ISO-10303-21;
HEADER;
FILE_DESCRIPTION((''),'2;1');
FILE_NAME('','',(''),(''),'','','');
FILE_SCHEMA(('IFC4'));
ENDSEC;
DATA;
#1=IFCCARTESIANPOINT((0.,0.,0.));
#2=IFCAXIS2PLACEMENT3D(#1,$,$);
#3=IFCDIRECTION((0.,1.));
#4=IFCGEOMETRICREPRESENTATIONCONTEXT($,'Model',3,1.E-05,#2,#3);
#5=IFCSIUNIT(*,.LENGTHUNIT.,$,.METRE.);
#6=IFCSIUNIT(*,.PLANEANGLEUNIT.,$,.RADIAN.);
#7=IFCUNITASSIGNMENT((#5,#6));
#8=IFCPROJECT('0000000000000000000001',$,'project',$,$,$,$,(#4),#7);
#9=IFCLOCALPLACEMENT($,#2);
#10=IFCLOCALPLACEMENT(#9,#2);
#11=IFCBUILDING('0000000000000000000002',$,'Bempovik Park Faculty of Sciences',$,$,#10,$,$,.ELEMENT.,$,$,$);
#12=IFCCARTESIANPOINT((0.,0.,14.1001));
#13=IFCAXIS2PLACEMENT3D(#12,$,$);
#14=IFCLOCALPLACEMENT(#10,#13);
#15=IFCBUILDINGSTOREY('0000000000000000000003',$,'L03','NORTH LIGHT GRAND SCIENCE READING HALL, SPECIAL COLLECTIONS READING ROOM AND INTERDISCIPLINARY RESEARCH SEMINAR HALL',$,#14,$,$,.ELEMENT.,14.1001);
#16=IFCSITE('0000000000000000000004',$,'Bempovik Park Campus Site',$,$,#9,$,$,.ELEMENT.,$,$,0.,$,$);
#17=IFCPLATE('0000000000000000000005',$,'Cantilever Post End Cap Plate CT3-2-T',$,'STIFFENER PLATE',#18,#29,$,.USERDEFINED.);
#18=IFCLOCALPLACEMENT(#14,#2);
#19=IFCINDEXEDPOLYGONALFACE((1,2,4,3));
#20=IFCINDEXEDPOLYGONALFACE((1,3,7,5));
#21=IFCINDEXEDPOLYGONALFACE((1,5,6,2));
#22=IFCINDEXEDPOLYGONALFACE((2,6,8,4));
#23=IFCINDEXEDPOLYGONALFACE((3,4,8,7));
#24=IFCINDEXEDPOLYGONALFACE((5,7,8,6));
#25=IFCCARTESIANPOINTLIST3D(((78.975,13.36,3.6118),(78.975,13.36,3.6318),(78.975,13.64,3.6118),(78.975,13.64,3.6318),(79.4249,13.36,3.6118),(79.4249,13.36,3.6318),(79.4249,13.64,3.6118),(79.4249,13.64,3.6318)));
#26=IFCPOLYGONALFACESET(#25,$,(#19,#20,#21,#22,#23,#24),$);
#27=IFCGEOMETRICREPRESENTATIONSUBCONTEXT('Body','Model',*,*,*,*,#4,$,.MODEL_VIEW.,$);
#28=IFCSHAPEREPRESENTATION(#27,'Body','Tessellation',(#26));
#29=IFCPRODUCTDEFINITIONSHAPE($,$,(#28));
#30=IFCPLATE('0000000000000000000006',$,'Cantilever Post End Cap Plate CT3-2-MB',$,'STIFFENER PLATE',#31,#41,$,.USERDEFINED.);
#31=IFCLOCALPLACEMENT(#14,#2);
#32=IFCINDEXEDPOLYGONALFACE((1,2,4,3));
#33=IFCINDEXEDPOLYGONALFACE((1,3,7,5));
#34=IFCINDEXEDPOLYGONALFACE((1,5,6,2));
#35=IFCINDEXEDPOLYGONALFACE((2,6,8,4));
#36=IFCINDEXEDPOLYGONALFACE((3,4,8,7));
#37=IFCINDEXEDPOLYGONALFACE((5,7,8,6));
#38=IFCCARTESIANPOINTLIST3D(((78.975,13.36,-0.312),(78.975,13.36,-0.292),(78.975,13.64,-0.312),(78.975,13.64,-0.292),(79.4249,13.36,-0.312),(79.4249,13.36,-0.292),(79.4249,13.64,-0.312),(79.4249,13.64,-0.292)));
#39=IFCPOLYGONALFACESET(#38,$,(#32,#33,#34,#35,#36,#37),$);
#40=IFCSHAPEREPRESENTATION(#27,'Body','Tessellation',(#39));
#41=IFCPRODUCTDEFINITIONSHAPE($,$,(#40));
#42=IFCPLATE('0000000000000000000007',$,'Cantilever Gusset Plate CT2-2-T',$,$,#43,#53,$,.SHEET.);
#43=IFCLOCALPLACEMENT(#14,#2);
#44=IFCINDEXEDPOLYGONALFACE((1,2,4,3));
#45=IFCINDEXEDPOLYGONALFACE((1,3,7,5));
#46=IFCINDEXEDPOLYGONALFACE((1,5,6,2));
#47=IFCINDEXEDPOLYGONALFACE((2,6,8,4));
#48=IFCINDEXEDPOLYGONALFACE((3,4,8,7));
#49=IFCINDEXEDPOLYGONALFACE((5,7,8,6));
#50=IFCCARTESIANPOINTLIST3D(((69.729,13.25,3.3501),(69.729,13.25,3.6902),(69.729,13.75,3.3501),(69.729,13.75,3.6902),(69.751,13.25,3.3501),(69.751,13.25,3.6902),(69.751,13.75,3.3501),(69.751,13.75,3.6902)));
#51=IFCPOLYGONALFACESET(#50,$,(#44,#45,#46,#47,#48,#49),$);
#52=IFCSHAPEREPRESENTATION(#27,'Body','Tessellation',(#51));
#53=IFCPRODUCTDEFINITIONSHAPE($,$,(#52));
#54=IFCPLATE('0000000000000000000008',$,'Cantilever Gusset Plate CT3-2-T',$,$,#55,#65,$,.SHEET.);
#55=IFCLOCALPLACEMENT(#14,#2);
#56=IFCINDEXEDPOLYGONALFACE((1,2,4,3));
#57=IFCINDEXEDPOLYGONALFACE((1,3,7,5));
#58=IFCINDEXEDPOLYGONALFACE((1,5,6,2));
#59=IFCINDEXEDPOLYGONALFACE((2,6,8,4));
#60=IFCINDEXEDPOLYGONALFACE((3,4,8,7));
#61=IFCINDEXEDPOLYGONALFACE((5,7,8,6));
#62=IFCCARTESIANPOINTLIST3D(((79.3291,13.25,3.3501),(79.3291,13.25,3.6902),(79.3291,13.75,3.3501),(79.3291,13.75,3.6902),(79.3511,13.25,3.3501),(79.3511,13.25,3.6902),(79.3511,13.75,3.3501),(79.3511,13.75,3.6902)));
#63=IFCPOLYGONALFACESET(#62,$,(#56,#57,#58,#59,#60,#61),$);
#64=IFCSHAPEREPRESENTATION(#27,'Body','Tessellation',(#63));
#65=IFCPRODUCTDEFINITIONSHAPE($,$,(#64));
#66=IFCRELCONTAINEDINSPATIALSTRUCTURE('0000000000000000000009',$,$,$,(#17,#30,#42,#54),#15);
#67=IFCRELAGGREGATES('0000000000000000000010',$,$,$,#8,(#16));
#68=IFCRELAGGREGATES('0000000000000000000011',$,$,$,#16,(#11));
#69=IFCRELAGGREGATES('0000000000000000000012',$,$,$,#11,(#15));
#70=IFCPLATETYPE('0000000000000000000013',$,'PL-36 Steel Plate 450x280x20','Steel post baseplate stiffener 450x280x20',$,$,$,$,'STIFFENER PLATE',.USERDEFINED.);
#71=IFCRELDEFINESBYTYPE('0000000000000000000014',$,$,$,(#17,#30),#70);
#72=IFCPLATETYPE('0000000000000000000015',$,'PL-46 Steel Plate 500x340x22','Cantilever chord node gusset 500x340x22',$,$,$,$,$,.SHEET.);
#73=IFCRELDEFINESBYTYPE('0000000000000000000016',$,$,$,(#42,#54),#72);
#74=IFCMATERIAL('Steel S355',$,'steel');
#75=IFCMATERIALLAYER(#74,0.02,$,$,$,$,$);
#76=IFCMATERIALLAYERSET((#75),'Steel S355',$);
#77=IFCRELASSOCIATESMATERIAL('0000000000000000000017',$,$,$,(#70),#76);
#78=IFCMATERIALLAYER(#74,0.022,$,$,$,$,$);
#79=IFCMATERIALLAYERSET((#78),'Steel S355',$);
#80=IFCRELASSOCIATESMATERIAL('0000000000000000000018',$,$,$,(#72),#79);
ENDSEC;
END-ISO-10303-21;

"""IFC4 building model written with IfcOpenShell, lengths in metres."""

from ifc_helpers import new_model, si_unit, direction, frame, origin, origin_2d, place, context, subcontext, project, spatial, rectangle, extrude, material, layer, layer_set, type_object, element, save


model = new_model("IFC4")

# Units and contexts
model_context = context("Model", 3, precision=1e-05, world=origin(), true_north=direction((0.0, 1.0)))
body_context = subcontext(model_context, "Body", "Model", "MODEL_VIEW")
ifc_project = project(units=[si_unit("LENGTHUNIT", "METRE"), si_unit("PLANEANGLEUNIT", "RADIAN")], contexts=[model_context])

# Site, building, storey
site_placement = place(None, origin())
site = spatial("IfcSite", under=ifc_project, at=site_placement, Name="Bempovik Park Campus Site", CompositionType="ELEMENT", RefElevation=0.0)
building_placement = place(site_placement, origin())
building = spatial("IfcBuilding", under=site, at=building_placement, Name="Bempovik Park Faculty of Sciences", CompositionType="ELEMENT")
storey_placement = place(building_placement, frame((0.0, 0.0, 14.1001)))
storey = spatial("IfcBuildingStorey", under=building, at=storey_placement, Name="L03", Description="NORTH LIGHT GRAND SCIENCE READING HALL, SPECIAL COLLECTIONS READING ROOM AND INTERDISCIPLINARY RESEARCH SEMINAR HALL", CompositionType="ELEMENT", Elevation=14.1001)

# Shared definitions
ifc_material_1 = material(Name="Steel S355", Category="steel")

# Plates
ifc_layer_1 = layer(ifc_material_1, 0.02)
ifc_layer_set_1 = layer_set([ifc_layer_1], Name="Steel S355")
plate_type_1 = type_object("IfcPlateType", Name="PL-36 Steel Plate 450x280x20", Description="Steel post baseplate stiffener 450x280x20", ElementType="STIFFENER PLATE", PredefinedType="USERDEFINED", material=ifc_layer_set_1)
for number, where, z_axis, x_axis, name in (
    (1, (79.2, 13.5, 3.6118), (0.0, 0.0, 1.0), (1.0, 0.0, 0.0), "Cantilever Post End Cap Plate CT3-2-T"),
    (2, (79.2, 13.5, -0.312), (0.0, 0.0, 1.0), (1.0, 0.0, 0.0), "Cantilever Post End Cap Plate CT3-2-MB"),
):
    element("IfcPlate", number, at=place(storey_placement, frame(where, z_axis=z_axis, x_axis=x_axis)), inside=storey, type_object=plate_type_1, Name=name, ObjectType="STIFFENER PLATE", PredefinedType="USERDEFINED", context=body_context, shape_type="SweptSolid", body=[
        extrude(rectangle(XDim=0.45, YDim=0.28, at=origin_2d()), origin(), (0.0, 0.0, 1.0), 0.02),
    ])
ifc_layer_2 = layer(ifc_material_1, 0.022)
ifc_layer_set_2 = layer_set([ifc_layer_2], Name="Steel S355")
plate_type_2 = type_object("IfcPlateType", Name="PL-46 Steel Plate 500x340x22", Description="Cantilever chord node gusset 500x340x22", PredefinedType="SHEET", material=ifc_layer_set_2)
for number, where, z_axis, x_axis, name in (
    (3, (69.74, 13.5, 3.3501), (0.0, 0.0, 1.0), (1.0, 0.0, 0.0), "Cantilever Gusset Plate CT2-2-T"),
    (4, (79.3401, 13.5, 3.3501), (0.0, 0.0, 1.0), (1.0, 0.0, 0.0), "Cantilever Gusset Plate CT3-2-T"),
):
    element("IfcPlate", number, at=place(storey_placement, frame(where, z_axis=z_axis, x_axis=x_axis)), inside=storey, type_object=plate_type_2, Name=name, PredefinedType="SHEET", context=body_context, shape_type="SweptSolid", body=[
        extrude(rectangle(XDim=0.022, YDim=0.5, at=origin_2d()), origin(), (0.0, 0.0, 1.0), 0.3401),
    ])

save(model, "model.ifc")
